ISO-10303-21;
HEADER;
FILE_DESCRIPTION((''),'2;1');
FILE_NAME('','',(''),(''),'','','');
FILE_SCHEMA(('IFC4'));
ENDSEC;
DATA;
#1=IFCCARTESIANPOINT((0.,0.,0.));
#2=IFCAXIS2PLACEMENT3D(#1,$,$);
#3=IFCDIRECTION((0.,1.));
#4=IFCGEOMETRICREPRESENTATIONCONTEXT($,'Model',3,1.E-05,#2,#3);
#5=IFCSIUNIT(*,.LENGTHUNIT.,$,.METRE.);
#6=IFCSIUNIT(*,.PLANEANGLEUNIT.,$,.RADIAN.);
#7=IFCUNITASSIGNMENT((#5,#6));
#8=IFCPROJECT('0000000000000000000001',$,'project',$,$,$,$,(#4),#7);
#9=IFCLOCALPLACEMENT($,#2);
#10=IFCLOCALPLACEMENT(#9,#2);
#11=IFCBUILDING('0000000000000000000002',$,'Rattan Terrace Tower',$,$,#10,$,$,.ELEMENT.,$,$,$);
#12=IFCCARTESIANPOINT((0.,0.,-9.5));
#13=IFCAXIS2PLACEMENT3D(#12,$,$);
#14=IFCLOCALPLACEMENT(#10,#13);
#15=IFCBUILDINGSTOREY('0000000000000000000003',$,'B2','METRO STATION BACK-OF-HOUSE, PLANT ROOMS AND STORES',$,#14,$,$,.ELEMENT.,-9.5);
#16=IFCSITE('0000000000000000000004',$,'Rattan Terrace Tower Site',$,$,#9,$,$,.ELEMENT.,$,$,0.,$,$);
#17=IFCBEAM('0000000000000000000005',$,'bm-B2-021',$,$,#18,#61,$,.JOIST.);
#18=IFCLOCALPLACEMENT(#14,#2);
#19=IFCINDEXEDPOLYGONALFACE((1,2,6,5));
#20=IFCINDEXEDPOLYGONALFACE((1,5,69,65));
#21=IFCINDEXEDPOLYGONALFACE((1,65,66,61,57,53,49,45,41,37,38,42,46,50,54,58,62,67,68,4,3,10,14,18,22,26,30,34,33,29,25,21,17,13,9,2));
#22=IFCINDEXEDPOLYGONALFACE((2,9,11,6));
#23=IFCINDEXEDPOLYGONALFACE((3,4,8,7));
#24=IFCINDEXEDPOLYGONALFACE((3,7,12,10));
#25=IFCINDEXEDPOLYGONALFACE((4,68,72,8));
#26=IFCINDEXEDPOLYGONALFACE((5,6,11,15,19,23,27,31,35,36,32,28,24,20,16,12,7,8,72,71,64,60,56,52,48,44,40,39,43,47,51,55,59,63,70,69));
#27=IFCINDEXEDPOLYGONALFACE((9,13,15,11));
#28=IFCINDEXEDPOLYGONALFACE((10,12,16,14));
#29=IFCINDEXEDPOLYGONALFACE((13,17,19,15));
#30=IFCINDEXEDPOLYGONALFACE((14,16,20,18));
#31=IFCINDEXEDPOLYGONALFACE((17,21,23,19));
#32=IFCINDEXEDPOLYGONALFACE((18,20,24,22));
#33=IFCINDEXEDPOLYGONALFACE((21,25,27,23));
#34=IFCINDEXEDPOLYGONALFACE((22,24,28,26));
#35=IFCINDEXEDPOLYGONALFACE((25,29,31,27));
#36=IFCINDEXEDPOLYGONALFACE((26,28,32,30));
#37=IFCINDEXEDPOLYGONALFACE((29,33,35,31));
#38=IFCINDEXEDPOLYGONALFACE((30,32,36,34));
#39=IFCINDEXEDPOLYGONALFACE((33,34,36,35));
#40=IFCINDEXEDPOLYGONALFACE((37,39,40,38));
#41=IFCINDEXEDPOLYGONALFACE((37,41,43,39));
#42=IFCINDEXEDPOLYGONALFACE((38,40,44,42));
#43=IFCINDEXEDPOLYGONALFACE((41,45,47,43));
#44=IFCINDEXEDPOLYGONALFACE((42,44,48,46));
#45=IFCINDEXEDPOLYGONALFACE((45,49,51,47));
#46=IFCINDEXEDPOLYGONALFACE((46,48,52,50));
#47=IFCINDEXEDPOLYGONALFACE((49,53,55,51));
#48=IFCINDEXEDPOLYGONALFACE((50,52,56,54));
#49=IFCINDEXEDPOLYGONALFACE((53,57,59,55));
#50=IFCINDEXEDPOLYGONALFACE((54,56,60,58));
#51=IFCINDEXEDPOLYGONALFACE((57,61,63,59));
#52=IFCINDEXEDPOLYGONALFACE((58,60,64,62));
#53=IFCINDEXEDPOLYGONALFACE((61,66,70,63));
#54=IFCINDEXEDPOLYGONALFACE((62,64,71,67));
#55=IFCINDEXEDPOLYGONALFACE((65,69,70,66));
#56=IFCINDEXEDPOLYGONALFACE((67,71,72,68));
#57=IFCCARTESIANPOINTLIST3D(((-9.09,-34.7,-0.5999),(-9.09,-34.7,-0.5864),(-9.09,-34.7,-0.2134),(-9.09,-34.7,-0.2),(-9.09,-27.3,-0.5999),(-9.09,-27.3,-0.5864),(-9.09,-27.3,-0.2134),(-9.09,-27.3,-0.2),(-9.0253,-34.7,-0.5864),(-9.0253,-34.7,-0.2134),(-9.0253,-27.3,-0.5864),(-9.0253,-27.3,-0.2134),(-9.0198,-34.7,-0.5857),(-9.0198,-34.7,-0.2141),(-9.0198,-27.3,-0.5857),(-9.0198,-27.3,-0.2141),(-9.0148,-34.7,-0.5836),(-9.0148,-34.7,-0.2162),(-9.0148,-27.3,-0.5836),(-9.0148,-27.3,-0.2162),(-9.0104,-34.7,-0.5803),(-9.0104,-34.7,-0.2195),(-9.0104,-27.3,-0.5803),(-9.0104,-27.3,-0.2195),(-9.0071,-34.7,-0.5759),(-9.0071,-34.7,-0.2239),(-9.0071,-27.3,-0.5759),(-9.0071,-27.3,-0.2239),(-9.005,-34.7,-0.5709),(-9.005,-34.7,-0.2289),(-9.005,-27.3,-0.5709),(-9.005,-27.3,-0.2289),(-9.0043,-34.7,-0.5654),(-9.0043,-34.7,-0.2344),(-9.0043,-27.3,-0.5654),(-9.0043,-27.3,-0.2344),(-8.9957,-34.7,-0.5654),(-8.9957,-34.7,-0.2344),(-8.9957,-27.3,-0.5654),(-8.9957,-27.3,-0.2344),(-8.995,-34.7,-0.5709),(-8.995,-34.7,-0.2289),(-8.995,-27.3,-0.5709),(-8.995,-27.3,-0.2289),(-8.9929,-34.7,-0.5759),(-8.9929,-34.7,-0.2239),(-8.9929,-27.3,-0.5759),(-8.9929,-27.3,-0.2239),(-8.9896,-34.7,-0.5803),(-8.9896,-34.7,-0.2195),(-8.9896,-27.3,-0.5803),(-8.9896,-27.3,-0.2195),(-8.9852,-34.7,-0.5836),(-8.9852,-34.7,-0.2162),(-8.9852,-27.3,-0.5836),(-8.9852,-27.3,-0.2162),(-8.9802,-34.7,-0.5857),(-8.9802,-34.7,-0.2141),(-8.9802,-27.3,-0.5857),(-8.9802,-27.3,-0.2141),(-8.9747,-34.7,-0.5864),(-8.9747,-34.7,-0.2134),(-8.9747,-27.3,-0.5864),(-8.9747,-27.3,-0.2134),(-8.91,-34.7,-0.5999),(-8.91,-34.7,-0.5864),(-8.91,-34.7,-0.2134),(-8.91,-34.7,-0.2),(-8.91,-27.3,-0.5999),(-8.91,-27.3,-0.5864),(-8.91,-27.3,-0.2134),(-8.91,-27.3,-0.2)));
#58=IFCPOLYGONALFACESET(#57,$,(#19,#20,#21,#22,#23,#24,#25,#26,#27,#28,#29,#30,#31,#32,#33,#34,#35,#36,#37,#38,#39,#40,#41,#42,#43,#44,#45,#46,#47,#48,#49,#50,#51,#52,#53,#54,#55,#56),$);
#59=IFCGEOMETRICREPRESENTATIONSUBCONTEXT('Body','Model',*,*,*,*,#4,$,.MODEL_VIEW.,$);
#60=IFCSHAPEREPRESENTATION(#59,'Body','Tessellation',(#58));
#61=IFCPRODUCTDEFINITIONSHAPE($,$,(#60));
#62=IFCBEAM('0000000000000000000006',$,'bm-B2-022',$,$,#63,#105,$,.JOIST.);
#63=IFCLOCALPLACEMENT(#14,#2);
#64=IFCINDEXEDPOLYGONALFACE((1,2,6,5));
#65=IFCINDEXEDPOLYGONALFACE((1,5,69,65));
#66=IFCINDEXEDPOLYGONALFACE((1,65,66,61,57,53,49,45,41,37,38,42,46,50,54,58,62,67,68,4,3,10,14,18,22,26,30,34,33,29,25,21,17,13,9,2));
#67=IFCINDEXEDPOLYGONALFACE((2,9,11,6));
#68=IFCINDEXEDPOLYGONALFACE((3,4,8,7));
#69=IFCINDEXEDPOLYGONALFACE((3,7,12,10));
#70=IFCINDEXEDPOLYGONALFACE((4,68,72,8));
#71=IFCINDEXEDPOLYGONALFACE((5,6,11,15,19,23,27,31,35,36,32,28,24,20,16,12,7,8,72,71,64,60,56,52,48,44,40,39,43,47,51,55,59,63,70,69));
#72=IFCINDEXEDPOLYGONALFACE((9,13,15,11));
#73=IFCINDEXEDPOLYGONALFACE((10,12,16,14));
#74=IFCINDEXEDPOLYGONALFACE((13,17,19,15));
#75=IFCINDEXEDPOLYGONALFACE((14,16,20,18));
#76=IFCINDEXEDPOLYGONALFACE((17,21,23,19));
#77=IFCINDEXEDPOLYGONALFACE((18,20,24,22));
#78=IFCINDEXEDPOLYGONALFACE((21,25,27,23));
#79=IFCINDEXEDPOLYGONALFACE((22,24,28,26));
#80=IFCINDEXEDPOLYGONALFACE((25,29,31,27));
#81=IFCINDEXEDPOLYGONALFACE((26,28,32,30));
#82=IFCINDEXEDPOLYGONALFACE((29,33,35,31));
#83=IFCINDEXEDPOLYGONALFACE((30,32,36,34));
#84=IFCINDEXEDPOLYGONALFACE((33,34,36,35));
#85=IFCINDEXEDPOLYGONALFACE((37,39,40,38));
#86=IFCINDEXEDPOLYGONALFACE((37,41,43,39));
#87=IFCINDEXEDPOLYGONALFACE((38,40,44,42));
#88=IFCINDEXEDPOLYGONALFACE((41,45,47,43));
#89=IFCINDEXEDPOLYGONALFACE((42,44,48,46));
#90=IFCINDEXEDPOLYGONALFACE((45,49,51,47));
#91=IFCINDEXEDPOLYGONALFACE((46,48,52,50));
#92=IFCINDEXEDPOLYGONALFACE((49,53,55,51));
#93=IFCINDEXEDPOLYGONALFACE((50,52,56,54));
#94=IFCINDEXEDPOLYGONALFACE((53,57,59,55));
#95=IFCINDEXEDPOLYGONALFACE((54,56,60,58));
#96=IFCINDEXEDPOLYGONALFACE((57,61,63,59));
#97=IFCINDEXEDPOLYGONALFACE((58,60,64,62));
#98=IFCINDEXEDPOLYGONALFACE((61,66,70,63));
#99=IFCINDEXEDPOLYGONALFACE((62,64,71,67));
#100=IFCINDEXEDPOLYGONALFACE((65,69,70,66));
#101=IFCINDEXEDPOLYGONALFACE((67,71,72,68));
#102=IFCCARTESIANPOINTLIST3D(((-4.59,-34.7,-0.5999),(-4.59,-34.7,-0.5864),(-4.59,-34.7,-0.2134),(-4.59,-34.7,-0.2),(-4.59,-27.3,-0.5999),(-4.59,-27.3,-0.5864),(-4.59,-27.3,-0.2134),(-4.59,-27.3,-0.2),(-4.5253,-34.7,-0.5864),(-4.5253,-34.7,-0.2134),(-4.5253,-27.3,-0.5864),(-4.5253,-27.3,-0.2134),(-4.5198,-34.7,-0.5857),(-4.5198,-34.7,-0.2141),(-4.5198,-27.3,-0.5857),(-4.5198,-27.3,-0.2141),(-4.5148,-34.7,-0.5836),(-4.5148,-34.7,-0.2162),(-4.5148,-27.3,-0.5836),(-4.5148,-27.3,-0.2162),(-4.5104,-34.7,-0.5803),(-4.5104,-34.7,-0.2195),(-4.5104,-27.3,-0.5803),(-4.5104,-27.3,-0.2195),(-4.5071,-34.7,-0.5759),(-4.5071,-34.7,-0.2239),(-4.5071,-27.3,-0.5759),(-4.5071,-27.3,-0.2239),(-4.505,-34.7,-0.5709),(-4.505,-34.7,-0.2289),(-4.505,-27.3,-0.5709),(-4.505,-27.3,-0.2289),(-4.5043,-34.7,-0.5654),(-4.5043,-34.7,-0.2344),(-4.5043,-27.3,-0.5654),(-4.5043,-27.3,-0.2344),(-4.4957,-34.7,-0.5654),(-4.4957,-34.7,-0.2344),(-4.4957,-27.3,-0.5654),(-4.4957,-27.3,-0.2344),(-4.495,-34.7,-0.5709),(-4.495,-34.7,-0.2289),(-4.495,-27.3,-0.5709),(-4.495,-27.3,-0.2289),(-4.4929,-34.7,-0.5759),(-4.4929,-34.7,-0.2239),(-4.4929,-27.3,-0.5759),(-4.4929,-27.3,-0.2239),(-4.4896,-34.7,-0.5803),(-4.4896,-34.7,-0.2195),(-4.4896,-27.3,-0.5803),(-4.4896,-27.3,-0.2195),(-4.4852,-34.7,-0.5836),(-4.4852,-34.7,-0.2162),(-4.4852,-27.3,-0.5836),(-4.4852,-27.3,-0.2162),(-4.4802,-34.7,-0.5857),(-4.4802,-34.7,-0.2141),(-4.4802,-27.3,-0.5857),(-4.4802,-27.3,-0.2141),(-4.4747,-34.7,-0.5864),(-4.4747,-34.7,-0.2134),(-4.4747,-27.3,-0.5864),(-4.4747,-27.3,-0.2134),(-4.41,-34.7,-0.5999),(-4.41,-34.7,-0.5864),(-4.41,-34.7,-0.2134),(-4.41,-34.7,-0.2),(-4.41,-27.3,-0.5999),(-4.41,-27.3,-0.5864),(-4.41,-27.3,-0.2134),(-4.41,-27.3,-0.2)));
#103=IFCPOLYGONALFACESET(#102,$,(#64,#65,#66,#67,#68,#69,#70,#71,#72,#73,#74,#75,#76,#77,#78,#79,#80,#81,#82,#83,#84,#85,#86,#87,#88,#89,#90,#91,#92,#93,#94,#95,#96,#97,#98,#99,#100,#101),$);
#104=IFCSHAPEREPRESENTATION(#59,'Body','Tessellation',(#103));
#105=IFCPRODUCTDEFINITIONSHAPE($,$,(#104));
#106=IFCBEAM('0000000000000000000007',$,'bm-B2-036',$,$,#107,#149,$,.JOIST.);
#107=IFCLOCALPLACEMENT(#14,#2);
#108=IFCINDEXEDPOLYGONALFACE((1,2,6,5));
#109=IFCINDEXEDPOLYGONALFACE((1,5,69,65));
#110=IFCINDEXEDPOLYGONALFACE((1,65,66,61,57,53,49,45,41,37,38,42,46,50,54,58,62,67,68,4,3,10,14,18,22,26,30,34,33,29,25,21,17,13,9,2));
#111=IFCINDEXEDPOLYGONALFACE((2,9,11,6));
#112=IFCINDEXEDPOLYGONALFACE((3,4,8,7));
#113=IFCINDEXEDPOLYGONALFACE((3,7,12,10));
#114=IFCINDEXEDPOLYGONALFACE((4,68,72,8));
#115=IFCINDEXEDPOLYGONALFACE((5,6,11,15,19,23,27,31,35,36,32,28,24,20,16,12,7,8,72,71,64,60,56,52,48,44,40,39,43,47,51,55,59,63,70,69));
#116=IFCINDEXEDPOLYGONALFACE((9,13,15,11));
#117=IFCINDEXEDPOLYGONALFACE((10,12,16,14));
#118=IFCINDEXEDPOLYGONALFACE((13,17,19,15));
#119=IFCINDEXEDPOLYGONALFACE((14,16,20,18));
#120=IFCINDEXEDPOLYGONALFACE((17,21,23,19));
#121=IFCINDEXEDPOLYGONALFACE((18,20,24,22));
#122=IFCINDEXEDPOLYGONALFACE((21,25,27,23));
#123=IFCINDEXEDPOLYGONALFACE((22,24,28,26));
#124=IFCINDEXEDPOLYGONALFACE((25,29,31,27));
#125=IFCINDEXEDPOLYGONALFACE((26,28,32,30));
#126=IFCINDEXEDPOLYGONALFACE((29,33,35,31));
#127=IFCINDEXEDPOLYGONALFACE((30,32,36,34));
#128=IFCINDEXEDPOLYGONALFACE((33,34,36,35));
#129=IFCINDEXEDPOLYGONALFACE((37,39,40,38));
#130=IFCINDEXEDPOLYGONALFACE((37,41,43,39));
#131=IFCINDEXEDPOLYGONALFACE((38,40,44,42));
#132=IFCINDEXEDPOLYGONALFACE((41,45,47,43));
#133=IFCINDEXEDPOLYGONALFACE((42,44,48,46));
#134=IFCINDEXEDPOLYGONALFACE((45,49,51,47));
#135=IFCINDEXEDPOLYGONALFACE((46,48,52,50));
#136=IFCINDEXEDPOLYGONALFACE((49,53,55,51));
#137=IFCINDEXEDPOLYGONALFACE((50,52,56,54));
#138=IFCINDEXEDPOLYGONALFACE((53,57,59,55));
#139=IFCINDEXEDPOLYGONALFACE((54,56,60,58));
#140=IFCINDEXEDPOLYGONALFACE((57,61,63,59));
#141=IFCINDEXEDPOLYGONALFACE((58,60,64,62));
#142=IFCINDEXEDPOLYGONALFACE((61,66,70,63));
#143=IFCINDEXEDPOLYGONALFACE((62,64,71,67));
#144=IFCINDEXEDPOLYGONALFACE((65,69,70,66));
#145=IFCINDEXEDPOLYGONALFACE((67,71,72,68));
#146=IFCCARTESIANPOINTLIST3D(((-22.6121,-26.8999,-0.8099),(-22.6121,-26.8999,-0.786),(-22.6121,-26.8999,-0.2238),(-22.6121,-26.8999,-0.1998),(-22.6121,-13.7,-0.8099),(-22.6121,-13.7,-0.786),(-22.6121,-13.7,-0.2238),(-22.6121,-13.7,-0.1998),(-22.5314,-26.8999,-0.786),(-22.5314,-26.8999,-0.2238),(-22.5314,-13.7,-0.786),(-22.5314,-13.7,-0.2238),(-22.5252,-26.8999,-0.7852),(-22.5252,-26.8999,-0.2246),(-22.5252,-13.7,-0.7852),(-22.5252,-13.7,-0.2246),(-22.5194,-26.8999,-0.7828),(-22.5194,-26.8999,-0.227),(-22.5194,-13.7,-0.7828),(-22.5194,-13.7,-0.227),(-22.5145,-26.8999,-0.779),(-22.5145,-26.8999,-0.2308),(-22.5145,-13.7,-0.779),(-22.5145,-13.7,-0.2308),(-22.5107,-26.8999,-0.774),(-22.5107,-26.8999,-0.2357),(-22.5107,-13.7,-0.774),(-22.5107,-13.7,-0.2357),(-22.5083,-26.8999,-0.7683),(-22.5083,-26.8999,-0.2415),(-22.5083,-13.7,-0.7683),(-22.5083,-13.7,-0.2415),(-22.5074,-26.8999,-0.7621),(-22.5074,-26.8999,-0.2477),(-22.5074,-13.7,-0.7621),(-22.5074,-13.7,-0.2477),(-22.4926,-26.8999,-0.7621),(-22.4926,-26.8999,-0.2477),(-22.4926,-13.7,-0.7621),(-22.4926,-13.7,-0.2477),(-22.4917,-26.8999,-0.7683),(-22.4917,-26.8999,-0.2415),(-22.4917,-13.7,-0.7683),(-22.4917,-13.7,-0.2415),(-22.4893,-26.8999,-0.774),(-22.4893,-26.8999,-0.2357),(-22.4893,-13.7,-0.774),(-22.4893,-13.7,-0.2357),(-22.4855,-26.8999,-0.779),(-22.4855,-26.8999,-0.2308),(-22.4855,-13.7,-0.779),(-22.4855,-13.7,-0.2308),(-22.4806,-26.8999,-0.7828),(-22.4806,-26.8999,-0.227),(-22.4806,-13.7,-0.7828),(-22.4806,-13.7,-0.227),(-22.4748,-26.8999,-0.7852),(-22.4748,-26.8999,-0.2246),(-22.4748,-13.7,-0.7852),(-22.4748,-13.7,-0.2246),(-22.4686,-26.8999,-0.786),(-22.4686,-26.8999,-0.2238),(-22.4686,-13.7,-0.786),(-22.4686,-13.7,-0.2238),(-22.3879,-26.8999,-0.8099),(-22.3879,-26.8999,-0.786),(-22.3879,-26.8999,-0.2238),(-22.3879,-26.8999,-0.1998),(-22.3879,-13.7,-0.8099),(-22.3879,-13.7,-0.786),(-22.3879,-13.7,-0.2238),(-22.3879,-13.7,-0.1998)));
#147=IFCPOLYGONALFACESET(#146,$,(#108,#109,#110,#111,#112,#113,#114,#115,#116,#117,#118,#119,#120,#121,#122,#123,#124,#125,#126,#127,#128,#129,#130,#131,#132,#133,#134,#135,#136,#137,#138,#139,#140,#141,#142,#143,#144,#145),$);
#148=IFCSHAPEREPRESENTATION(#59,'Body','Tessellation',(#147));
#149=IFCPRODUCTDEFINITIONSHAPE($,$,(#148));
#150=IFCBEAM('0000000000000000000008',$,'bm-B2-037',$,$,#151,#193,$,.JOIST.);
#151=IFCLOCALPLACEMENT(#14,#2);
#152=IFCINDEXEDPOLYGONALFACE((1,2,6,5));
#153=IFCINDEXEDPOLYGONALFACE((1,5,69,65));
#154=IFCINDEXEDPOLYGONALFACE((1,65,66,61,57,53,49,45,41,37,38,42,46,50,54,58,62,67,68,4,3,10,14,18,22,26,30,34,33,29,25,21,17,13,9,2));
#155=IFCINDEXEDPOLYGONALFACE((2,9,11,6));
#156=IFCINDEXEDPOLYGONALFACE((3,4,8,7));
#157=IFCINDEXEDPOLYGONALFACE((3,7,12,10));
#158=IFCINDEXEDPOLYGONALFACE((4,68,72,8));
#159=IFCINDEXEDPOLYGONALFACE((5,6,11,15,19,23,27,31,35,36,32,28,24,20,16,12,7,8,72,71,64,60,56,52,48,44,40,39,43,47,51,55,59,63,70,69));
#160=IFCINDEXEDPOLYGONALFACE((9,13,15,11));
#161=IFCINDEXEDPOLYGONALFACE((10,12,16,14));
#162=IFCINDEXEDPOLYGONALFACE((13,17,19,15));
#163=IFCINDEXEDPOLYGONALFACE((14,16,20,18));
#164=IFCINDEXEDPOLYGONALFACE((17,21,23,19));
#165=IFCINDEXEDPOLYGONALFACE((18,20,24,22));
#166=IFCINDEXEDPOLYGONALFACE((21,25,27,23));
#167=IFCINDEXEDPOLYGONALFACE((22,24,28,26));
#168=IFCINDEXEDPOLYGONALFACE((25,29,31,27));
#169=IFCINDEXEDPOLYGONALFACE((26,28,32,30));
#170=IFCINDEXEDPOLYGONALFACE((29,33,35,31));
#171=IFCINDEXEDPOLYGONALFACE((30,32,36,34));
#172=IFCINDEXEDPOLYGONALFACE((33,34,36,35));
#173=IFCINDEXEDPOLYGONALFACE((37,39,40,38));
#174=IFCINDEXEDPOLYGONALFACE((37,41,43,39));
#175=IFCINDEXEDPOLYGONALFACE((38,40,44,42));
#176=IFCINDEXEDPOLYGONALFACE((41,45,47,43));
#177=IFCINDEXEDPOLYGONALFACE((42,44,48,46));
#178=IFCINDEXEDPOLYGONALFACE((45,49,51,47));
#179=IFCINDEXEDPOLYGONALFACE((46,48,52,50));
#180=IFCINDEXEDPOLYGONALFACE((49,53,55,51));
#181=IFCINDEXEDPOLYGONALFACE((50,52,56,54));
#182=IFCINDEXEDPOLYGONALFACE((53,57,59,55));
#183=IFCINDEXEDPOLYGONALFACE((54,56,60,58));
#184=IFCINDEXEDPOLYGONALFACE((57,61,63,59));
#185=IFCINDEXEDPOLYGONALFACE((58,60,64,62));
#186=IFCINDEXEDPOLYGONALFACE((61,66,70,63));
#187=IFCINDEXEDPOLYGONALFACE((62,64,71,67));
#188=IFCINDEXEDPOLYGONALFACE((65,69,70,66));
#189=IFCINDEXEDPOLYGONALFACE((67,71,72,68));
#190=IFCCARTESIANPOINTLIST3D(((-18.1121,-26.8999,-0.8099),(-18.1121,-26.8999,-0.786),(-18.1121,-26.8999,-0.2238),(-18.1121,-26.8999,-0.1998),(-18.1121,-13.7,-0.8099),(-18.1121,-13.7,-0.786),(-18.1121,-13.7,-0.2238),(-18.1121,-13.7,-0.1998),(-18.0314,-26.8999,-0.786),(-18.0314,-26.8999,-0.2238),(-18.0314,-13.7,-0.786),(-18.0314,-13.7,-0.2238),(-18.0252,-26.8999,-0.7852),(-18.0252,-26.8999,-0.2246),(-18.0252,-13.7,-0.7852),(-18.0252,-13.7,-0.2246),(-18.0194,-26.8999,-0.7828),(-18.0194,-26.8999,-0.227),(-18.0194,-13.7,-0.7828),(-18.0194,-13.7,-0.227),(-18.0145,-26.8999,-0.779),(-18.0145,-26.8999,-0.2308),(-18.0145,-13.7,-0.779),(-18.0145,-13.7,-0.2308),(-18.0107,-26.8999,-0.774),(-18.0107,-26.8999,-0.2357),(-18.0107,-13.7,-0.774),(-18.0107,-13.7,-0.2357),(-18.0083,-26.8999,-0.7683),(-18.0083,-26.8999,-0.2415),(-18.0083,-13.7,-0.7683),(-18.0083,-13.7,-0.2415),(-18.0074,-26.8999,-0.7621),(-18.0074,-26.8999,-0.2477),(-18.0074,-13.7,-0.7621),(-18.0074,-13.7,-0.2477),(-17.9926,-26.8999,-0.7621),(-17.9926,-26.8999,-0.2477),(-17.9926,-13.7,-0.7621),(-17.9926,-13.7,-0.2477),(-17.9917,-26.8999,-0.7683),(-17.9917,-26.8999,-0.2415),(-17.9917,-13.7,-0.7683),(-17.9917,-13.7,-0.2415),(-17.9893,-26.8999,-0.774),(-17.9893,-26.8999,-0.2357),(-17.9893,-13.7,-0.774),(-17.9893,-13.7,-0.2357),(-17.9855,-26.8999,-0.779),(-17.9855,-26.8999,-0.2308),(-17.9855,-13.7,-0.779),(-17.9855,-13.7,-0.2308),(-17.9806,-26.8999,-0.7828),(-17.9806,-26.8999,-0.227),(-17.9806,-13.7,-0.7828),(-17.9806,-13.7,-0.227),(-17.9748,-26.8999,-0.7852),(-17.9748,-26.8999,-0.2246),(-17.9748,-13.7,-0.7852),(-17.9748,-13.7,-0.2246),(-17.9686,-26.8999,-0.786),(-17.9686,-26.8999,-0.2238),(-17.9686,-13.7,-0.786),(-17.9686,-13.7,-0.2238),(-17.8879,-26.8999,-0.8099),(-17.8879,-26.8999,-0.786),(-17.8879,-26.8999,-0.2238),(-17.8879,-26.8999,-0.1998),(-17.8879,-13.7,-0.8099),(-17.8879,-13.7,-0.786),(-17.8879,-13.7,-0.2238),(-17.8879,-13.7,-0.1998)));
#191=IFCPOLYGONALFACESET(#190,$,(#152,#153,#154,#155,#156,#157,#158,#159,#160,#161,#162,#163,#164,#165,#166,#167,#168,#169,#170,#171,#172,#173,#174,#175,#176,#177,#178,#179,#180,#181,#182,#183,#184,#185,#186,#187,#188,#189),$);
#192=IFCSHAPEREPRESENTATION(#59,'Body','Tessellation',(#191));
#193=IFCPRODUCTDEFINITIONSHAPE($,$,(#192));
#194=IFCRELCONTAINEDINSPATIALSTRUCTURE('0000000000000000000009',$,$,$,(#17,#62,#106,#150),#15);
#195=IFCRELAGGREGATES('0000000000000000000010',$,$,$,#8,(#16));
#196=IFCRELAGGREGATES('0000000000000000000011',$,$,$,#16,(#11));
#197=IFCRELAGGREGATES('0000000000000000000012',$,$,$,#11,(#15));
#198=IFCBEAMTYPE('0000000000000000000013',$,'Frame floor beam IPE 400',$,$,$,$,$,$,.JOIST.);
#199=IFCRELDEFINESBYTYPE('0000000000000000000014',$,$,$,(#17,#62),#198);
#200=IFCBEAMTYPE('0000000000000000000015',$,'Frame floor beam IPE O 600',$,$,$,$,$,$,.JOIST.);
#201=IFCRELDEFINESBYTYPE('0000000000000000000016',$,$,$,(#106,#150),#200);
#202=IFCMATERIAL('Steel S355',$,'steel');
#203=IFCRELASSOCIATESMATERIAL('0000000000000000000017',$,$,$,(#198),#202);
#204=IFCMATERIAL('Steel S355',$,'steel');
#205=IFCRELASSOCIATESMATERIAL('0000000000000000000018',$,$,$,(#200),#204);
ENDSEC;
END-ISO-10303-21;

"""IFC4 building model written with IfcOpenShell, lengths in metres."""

from ifc_helpers import new_model, si_unit, direction, frame, origin, origin_2d, place, context, subcontext, project, spatial, i_section, extrude, material, material_profile, profile_set, type_object, element, save


model = new_model("IFC4")

# Units and contexts
model_context = context("Model", 3, precision=1e-05, world=origin(), true_north=direction((0.0, 1.0)))
body_context = subcontext(model_context, "Body", "Model", "MODEL_VIEW")
ifc_project = project(units=[si_unit("LENGTHUNIT", "METRE"), si_unit("PLANEANGLEUNIT", "RADIAN")], contexts=[model_context])

# Site, building, storey
site_placement = place(None, origin())
site = spatial("IfcSite", under=ifc_project, at=site_placement, Name="Rattan Terrace Tower Site", CompositionType="ELEMENT", RefElevation=0.0)
building_placement = place(site_placement, origin())
building = spatial("IfcBuilding", under=site, at=building_placement, Name="Rattan Terrace Tower", CompositionType="ELEMENT")
storey_placement = place(building_placement, frame((0.0, 0.0, -9.5)))
storey = spatial("IfcBuildingStorey", under=building, at=storey_placement, Name="B2", Description="METRO STATION BACK-OF-HOUSE, PLANT ROOMS AND STORES", CompositionType="ELEMENT", Elevation=-9.5)

# Beams
ifc_material_1 = material(Name="Steel S355", Category="steel")
ifc_material_profile_1 = material_profile(ifc_material_1, i_section(OverallWidth=0.1799, OverallDepth=0.3999, WebThickness=0.0085, FlangeThickness=0.0134, FilletRadius=0.021, at=origin_2d()), Name="IPE 400")
ifc_profile_set_1 = profile_set([ifc_material_profile_1], Name="Steel S355")
beam_type_1 = type_object("IfcBeamType", Name="Frame floor beam IPE 400", PredefinedType="JOIST", material=ifc_profile_set_1)
for number, where, z_axis, x_axis, name in (
    (1, (-9.0, -34.7, -0.3999), (0.0, 1.0, 0.0), (-1.0, 0.0, 0.0), "bm-B2-021"),
    (2, (-4.5, -34.7, -0.3999), (0.0, 1.0, 0.0), (-1.0, 0.0, 0.0), "bm-B2-022"),
):
    element("IfcBeam", number, at=place(storey_placement, frame(where, z_axis=z_axis, x_axis=x_axis)), inside=storey, type_object=beam_type_1, Name=name, PredefinedType="JOIST", context=body_context, shape_type="SweptSolid", body=[
        extrude(i_section(OverallWidth=0.1799, OverallDepth=0.3999, WebThickness=0.0085, FlangeThickness=0.0134, FilletRadius=0.021, at=origin_2d()), origin(), (0.0, 0.0, 1.0), 7.3999),
    ])
ifc_material_2 = material(Name="Steel S355", Category="steel")
ifc_material_profile_2 = material_profile(ifc_material_2, i_section(OverallWidth=0.2241, OverallDepth=0.6101, WebThickness=0.0149, FlangeThickness=0.0239, FilletRadius=0.0239, at=origin_2d()), Name="IPE O 600")
ifc_profile_set_2 = profile_set([ifc_material_profile_2], Name="Steel S355")
beam_type_2 = type_object("IfcBeamType", Name="Frame floor beam IPE O 600", PredefinedType="JOIST", material=ifc_profile_set_2)
for number, where, z_axis, x_axis, name in (
    (3, (-22.5, -26.8999, -0.5049), (0.0, 1.0, 0.0), (-1.0, 0.0, 0.0), "bm-B2-036"),
    (4, (-18.0, -26.8999, -0.5049), (0.0, 1.0, 0.0), (-1.0, 0.0, 0.0), "bm-B2-037"),
):
    element("IfcBeam", number, at=place(storey_placement, frame(where, z_axis=z_axis, x_axis=x_axis)), inside=storey, type_object=beam_type_2, Name=name, PredefinedType="JOIST", context=body_context, shape_type="SweptSolid", body=[
        extrude(i_section(OverallWidth=0.2241, OverallDepth=0.6101, WebThickness=0.0149, FlangeThickness=0.0239, FilletRadius=0.0239, at=origin_2d()), origin(), (0.0, 0.0, 1.0), 13.2),
    ])

save(model, "model.ifc")
